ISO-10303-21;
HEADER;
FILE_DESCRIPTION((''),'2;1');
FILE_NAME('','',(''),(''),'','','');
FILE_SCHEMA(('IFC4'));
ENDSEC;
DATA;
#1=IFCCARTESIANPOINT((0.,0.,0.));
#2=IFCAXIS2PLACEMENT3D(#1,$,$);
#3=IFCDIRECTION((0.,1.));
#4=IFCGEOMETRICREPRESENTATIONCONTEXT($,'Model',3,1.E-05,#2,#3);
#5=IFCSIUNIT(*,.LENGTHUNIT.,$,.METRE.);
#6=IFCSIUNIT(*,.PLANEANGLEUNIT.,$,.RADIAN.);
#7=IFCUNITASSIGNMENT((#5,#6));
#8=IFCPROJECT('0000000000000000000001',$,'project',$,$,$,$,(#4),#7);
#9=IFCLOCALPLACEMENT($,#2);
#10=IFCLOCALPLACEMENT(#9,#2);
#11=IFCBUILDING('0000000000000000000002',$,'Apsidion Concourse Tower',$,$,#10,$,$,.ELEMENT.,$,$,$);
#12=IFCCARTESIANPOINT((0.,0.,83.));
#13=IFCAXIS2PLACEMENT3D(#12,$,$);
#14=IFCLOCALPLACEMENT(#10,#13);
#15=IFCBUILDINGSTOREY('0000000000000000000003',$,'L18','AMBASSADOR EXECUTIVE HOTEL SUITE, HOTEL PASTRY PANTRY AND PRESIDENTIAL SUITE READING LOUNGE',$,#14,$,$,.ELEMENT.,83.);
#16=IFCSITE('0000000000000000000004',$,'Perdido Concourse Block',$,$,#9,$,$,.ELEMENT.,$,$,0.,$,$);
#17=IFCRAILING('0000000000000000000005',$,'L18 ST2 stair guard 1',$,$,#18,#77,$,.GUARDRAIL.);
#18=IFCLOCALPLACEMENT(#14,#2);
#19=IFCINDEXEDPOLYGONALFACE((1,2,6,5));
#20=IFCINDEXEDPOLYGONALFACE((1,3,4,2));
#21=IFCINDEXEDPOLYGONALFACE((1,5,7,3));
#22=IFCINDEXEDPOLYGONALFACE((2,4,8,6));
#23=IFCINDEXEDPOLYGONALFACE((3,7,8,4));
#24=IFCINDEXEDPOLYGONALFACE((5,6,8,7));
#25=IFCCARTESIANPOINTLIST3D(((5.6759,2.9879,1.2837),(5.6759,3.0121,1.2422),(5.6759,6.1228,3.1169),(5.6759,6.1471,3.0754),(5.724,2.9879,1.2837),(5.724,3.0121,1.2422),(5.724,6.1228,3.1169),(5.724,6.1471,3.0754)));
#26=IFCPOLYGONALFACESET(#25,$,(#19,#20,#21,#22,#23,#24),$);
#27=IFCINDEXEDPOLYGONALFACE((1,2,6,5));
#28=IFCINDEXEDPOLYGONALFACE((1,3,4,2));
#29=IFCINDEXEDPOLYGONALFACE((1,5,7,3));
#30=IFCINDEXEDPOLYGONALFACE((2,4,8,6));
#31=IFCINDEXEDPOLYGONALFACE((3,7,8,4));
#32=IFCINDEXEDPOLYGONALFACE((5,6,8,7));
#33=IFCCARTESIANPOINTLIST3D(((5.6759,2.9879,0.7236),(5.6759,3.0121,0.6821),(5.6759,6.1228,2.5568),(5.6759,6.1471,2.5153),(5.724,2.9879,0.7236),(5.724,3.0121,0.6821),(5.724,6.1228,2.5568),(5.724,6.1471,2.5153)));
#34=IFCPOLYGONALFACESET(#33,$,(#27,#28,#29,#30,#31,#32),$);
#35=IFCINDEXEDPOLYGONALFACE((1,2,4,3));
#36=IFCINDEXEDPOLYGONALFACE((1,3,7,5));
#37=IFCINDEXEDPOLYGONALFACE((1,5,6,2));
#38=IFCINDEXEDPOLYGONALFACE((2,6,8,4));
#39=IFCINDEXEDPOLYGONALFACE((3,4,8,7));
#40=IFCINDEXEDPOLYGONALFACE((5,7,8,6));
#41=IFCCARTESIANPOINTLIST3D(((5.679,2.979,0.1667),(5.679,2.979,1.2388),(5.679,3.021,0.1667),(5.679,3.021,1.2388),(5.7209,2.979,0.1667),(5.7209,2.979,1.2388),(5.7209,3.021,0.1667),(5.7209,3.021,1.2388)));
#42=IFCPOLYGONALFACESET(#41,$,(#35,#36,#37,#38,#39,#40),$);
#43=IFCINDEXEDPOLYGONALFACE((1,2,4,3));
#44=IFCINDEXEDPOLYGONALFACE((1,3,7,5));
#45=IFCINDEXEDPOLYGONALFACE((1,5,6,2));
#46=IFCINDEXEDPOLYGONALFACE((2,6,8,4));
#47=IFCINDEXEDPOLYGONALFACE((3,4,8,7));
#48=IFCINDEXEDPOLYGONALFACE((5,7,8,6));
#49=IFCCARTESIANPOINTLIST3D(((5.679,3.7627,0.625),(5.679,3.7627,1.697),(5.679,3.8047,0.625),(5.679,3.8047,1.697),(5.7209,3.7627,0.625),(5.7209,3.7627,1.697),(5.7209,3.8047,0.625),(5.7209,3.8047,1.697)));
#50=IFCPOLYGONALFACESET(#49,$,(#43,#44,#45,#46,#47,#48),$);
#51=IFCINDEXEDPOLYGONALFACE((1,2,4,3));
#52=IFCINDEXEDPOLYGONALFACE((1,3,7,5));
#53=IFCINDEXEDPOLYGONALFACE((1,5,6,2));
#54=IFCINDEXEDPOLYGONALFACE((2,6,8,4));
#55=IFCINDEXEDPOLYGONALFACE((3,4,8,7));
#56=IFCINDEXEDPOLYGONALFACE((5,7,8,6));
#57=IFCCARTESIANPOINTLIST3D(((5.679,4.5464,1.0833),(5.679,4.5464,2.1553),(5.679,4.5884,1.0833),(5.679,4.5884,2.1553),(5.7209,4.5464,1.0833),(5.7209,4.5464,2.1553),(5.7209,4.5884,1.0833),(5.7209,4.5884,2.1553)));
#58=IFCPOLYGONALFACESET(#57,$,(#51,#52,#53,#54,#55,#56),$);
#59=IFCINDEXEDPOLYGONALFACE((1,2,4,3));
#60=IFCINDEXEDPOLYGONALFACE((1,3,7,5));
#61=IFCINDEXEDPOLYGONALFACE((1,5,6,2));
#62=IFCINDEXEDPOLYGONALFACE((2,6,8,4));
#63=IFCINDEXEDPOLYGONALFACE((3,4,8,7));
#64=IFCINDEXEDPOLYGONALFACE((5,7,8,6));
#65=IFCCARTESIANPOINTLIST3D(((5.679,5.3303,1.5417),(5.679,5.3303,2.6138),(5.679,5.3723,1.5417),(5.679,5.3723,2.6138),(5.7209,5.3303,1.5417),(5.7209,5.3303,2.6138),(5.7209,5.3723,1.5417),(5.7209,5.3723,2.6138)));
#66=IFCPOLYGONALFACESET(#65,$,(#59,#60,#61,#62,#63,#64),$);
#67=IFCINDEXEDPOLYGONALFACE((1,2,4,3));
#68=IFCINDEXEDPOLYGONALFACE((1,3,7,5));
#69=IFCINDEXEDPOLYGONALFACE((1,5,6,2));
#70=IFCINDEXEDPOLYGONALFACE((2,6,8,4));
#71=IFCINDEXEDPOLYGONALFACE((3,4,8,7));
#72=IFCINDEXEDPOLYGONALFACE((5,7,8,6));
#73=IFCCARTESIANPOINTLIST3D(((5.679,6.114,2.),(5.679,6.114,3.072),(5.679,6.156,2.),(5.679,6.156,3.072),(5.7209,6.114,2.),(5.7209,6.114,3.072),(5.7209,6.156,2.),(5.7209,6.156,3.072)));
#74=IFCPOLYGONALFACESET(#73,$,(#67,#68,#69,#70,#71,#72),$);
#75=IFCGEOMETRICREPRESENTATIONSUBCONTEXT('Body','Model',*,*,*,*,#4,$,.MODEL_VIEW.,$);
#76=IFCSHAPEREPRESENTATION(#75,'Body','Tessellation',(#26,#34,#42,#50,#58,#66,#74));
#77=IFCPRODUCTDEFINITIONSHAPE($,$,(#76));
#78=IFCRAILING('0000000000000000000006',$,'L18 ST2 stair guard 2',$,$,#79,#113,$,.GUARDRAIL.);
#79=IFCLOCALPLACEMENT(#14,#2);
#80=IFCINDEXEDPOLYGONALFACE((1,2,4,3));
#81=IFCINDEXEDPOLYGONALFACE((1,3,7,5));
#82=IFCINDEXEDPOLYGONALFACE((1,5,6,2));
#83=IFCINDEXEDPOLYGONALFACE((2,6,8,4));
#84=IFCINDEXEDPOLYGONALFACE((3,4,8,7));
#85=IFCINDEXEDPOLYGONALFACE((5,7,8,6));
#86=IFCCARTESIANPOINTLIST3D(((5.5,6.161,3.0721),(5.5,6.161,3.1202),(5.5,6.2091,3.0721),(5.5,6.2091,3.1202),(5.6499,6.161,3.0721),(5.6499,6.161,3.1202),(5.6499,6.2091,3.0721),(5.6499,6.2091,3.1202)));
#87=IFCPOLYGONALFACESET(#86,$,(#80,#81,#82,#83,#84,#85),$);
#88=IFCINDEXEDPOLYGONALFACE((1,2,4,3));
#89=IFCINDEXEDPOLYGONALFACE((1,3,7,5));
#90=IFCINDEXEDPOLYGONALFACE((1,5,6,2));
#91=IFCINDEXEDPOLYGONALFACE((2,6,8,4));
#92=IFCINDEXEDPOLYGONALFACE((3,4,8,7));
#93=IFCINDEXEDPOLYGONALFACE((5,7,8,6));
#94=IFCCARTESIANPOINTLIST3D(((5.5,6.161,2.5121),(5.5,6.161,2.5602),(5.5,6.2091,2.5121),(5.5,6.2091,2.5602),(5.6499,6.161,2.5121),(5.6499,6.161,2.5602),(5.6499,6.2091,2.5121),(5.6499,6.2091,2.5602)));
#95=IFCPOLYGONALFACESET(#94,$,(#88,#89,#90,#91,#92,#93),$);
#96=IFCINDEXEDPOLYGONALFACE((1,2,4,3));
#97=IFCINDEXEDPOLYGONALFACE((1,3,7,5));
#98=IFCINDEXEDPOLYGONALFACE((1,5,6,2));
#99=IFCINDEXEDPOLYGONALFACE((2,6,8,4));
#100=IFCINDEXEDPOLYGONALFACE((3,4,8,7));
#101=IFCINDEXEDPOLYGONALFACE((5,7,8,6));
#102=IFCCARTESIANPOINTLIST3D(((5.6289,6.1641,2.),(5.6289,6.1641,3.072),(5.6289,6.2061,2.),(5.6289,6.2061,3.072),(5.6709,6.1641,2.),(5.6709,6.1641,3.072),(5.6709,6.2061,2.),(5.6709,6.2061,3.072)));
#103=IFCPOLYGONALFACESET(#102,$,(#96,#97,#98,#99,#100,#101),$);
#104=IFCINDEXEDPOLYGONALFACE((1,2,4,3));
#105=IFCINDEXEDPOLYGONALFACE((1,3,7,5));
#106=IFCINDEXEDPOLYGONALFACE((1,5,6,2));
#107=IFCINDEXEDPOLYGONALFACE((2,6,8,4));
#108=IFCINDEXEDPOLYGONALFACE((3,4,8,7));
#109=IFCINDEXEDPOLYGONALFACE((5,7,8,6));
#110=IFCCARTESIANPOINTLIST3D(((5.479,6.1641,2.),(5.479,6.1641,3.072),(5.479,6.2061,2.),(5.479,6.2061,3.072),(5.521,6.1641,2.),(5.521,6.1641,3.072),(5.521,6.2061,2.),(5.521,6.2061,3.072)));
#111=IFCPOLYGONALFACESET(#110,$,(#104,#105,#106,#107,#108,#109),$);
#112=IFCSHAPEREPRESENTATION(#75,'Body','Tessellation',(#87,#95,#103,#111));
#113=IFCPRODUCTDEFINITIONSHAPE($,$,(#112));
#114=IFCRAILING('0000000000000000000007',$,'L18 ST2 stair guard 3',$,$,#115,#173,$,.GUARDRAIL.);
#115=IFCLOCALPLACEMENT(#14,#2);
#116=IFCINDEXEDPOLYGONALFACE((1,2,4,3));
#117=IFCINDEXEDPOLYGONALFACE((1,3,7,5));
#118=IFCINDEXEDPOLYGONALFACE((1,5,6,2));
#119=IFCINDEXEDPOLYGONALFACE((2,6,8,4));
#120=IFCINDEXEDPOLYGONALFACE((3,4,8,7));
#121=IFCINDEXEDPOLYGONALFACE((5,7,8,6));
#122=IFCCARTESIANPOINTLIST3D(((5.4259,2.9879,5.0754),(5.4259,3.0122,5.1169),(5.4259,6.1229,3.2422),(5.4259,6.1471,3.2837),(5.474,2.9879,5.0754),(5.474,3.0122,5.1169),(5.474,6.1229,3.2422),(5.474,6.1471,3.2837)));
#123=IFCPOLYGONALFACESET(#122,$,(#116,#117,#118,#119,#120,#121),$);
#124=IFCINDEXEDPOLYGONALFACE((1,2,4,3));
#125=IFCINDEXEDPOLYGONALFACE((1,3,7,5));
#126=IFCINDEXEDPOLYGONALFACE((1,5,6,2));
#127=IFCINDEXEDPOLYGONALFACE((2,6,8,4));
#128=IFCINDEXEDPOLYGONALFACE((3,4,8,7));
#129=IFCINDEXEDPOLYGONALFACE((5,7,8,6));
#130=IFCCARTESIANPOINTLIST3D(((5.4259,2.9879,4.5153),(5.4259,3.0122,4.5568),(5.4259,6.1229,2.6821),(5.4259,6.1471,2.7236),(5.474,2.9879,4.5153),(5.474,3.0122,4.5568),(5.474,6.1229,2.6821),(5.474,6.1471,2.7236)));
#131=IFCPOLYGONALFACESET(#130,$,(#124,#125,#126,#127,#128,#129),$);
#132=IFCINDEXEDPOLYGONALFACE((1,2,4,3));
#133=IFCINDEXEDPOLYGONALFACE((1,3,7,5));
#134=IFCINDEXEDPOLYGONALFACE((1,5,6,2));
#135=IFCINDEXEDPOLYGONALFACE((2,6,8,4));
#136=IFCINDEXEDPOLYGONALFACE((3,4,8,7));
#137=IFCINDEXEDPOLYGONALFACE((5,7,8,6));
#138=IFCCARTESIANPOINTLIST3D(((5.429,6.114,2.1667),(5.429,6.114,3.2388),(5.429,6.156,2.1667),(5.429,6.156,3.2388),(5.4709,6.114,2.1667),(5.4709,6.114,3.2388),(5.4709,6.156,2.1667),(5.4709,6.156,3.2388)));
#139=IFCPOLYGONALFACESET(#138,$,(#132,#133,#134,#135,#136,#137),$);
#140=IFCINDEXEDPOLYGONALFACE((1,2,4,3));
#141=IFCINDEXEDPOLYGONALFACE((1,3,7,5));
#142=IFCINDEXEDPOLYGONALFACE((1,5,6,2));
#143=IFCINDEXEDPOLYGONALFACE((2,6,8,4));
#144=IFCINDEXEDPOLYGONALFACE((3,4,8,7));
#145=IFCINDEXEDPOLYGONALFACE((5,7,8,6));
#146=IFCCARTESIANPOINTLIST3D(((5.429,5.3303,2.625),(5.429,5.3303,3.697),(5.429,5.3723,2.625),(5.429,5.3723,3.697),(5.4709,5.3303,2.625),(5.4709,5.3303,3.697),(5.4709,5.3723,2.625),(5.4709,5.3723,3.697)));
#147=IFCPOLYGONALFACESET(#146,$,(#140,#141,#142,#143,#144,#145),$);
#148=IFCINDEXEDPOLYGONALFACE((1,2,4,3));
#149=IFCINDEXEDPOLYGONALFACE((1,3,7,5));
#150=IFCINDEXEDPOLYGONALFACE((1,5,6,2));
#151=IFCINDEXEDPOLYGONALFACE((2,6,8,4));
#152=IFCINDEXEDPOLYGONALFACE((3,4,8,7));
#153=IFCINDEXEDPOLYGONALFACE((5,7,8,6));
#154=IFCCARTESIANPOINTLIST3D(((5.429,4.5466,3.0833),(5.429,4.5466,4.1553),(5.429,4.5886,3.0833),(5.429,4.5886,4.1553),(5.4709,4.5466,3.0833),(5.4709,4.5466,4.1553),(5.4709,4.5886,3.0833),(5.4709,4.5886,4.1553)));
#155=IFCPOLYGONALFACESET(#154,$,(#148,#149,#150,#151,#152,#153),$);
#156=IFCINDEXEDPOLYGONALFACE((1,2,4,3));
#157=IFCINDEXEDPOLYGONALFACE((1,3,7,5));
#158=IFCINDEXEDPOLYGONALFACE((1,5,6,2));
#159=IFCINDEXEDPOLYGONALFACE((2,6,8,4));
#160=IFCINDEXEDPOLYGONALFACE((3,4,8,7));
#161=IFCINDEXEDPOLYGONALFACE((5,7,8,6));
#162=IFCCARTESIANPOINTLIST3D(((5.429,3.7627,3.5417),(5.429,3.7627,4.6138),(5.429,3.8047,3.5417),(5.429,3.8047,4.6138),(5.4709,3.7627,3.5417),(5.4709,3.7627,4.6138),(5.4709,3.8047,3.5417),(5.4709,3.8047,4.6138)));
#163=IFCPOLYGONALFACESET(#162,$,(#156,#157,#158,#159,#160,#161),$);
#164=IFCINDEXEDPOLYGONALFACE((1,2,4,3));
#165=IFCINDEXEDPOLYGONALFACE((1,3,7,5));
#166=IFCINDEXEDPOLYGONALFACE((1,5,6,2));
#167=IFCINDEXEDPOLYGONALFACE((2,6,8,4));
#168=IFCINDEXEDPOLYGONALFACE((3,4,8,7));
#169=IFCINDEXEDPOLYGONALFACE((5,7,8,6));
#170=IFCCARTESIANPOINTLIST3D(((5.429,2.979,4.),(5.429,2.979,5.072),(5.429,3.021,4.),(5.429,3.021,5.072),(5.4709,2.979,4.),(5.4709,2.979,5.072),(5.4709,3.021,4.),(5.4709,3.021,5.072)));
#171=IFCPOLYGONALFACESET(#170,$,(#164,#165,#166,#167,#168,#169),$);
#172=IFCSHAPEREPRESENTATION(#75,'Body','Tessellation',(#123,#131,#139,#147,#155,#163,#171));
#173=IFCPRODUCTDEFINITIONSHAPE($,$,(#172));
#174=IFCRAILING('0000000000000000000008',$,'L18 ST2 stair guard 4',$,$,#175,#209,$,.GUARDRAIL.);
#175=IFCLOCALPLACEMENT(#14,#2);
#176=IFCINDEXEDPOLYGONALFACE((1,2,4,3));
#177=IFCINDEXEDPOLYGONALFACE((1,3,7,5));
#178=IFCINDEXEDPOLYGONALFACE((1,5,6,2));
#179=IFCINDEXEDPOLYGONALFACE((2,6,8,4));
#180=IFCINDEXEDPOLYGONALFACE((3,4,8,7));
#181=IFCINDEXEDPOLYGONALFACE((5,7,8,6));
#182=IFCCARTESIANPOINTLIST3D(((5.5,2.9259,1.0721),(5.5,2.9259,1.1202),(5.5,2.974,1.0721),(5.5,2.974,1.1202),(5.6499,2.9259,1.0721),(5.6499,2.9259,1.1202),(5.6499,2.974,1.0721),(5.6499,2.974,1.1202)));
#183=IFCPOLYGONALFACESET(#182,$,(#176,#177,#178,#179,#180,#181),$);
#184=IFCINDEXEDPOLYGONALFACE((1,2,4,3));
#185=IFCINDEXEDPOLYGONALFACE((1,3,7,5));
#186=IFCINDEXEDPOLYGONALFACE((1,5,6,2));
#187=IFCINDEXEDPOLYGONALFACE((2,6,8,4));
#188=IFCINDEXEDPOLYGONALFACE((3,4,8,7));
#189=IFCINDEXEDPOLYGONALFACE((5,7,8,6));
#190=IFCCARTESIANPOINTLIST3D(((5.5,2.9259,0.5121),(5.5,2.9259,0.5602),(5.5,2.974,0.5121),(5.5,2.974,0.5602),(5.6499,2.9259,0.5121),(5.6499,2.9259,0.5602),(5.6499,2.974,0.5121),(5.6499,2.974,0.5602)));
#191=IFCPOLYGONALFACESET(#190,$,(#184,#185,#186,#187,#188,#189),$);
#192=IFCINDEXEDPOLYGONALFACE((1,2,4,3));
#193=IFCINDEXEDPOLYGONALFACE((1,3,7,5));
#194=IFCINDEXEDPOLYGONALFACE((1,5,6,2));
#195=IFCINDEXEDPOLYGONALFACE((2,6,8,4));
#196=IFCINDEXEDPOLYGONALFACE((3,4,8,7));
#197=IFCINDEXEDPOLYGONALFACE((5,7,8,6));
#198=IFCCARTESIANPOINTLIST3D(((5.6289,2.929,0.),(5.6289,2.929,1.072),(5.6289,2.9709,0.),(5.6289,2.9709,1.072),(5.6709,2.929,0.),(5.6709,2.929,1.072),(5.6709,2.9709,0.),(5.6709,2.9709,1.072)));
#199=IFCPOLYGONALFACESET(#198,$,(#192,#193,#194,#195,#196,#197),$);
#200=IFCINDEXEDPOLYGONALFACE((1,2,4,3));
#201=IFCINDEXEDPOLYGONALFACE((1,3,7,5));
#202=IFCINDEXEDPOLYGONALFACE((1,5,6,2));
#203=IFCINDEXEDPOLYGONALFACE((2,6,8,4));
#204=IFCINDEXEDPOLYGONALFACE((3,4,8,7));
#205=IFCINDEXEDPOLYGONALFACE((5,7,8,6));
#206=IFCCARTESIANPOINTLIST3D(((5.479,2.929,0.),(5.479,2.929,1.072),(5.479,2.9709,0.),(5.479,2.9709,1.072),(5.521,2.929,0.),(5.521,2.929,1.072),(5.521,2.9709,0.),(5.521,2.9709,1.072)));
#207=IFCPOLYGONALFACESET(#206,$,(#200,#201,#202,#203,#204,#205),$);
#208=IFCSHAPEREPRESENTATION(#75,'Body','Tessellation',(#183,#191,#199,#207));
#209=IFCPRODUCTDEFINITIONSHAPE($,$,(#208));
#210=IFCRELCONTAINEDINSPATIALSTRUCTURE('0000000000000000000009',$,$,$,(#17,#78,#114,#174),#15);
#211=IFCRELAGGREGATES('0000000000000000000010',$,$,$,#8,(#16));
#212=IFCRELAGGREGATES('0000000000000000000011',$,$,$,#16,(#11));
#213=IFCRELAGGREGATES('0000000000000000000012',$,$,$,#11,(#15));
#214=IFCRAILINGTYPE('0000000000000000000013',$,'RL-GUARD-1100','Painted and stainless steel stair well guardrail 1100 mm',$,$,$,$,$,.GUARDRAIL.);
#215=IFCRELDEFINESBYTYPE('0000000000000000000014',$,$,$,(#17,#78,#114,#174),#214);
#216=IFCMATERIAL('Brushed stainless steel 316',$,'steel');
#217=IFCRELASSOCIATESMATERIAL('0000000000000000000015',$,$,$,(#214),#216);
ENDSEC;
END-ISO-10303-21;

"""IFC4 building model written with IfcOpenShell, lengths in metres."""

from ifc_helpers import new_model, si_unit, direction, frame, origin, origin_2d, place, context, subcontext, project, spatial, rectangle, extrude, material, type_object, element, save


model = new_model("IFC4")

# Units and contexts
model_context = context("Model", 3, precision=1e-05, world=origin(), true_north=direction((0.0, 1.0)))
body_context = subcontext(model_context, "Body", "Model", "MODEL_VIEW")
ifc_project = project(units=[si_unit("LENGTHUNIT", "METRE"), si_unit("PLANEANGLEUNIT", "RADIAN")], contexts=[model_context])

# Site, building, storey
site_placement = place(None, origin())
site = spatial("IfcSite", under=ifc_project, at=site_placement, Name="Perdido Concourse Block", CompositionType="ELEMENT", RefElevation=0.0)
building_placement = place(site_placement, origin())
building = spatial("IfcBuilding", under=site, at=building_placement, Name="Apsidion Concourse Tower", CompositionType="ELEMENT")
storey_placement = place(building_placement, frame((0.0, 0.0, 83.0)))
storey = spatial("IfcBuildingStorey", under=building, at=storey_placement, Name="L18", Description="AMBASSADOR EXECUTIVE HOTEL SUITE, HOTEL PASTRY PANTRY AND PRESIDENTIAL SUITE READING LOUNGE", CompositionType="ELEMENT", Elevation=83.0)

# Railings
ifc_material_1 = material(Name="Brushed stainless steel 316", Category="steel")
railing_type_1 = type_object("IfcRailingType", Name="RL-GUARD-1100", Description="Painted and stainless steel stair well guardrail 1100 mm", PredefinedType="GUARDRAIL", material=ifc_material_1)
railing_1_placement = place(storey_placement, frame((5.7, 3.0, 0.1667)))
element("IfcRailing", 1, at=railing_1_placement, inside=storey, type_object=railing_type_1, Name="L18 ST2 stair guard 1", PredefinedType="GUARDRAIL", context=body_context, shape_type="SweptSolid", body=[
    extrude(rectangle(XDim=0.0481, YDim=0.0481, at=origin_2d()), frame((0.0, 0.0, 1.0962), z_axis=(0.0, 0.86324, 0.504794), x_axis=(-1.0, 0.0, 0.0)), (0.0, 0.0, 1.0), 3.6316),
    extrude(rectangle(XDim=0.0481, YDim=0.0481, at=origin_2d()), frame((0.0, 0.0, 0.5361), z_axis=(0.0, 0.86324, 0.504794), x_axis=(-1.0, 0.0, 0.0)), (0.0, 0.0, 1.0), 3.6316),
    extrude(rectangle(XDim=0.042, YDim=0.042, at=origin_2d()), origin(), (0.0, 0.0, 1.0), 1.072),
    extrude(rectangle(XDim=0.042, YDim=0.042, at=origin_2d()), frame((0.0, 0.7837, 0.4583)), (0.0, 0.0, 1.0), 1.072),
    extrude(rectangle(XDim=0.042, YDim=0.042, at=origin_2d()), frame((0.0, 1.5674, 0.9165)), (0.0, 0.0, 1.0), 1.072),
    extrude(rectangle(XDim=0.042, YDim=0.042, at=origin_2d()), frame((0.0, 2.3513, 1.375)), (0.0, 0.0, 1.0), 1.072),
    extrude(rectangle(XDim=0.042, YDim=0.042, at=origin_2d()), frame((0.0, 3.135, 1.8333)), (0.0, 0.0, 1.0), 1.072),
])
railing_2_placement = place(storey_placement, frame((5.6499, 6.1851, 2.0)))
element("IfcRailing", 2, at=railing_2_placement, inside=storey, type_object=railing_type_1, Name="L18 ST2 stair guard 2", PredefinedType="GUARDRAIL", context=body_context, shape_type="SweptSolid", body=[
    extrude(rectangle(XDim=0.0481, YDim=0.0481, at=origin_2d()), frame((0.0, 0.0, 1.0962), z_axis=(-1.0, 0.0, 0.0), x_axis=(0.0, -1.0, 0.0)), (0.0, 0.0, 1.0), 0.1499),
    extrude(rectangle(XDim=0.0481, YDim=0.0481, at=origin_2d()), frame((0.0, 0.0, 0.5361), z_axis=(-1.0, 0.0, 0.0), x_axis=(0.0, -1.0, 0.0)), (0.0, 0.0, 1.0), 0.1499),
    extrude(rectangle(XDim=0.042, YDim=0.042, at=origin_2d()), origin(), (0.0, 0.0, 1.0), 1.072),
    extrude(rectangle(XDim=0.042, YDim=0.042, at=origin_2d()), frame((-0.1499, 0.0, 0.0)), (0.0, 0.0, 1.0), 1.072),
])
railing_3_placement = place(storey_placement, frame((5.45, 6.135, 2.1667)))
element("IfcRailing", 3, at=railing_3_placement, inside=storey, type_object=railing_type_1, Name="L18 ST2 stair guard 3", PredefinedType="GUARDRAIL", context=body_context, shape_type="SweptSolid", body=[
    extrude(rectangle(XDim=0.0481, YDim=0.0481, at=origin_2d()), frame((0.0, 0.0, 1.0962), z_axis=(0.0, -0.86324, 0.504794), x_axis=(1.0, 0.0, 0.0)), (0.0, 0.0, 1.0), 3.6316),
    extrude(rectangle(XDim=0.0481, YDim=0.0481, at=origin_2d()), frame((0.0, 0.0, 0.5361), z_axis=(0.0, -0.86324, 0.504794), x_axis=(1.0, 0.0, 0.0)), (0.0, 0.0, 1.0), 3.6316),
    extrude(rectangle(XDim=0.042, YDim=0.042, at=origin_2d()), origin(), (0.0, 0.0, 1.0), 1.072),
    extrude(rectangle(XDim=0.042, YDim=0.042, at=origin_2d()), frame((0.0, -0.7837, 0.4583)), (0.0, 0.0, 1.0), 1.072),
    extrude(rectangle(XDim=0.042, YDim=0.042, at=origin_2d()), frame((0.0, -1.5674, 0.9165)), (0.0, 0.0, 1.0), 1.072),
    extrude(rectangle(XDim=0.042, YDim=0.042, at=origin_2d()), frame((0.0, -2.3513, 1.375)), (0.0, 0.0, 1.0), 1.072),
    extrude(rectangle(XDim=0.042, YDim=0.042, at=origin_2d()), frame((0.0, -3.135, 1.8333)), (0.0, 0.0, 1.0), 1.072),
])
railing_4_placement = place(storey_placement, frame((5.6499, 2.95, 0.0)))
element("IfcRailing", 4, at=railing_4_placement, inside=storey, type_object=railing_type_1, Name="L18 ST2 stair guard 4", PredefinedType="GUARDRAIL", context=body_context, shape_type="SweptSolid", body=[
    extrude(rectangle(XDim=0.0481, YDim=0.0481, at=origin_2d()), frame((0.0, 0.0, 1.0962), z_axis=(-1.0, 0.0, 0.0), x_axis=(0.0, -1.0, 0.0)), (0.0, 0.0, 1.0), 0.1499),
    extrude(rectangle(XDim=0.0481, YDim=0.0481, at=origin_2d()), frame((0.0, 0.0, 0.5361), z_axis=(-1.0, 0.0, 0.0), x_axis=(0.0, -1.0, 0.0)), (0.0, 0.0, 1.0), 0.1499),
    extrude(rectangle(XDim=0.042, YDim=0.042, at=origin_2d()), origin(), (0.0, 0.0, 1.0), 1.072),
    extrude(rectangle(XDim=0.042, YDim=0.042, at=origin_2d()), frame((-0.1499, 0.0, 0.0)), (0.0, 0.0, 1.0), 1.072),
])

save(model, "model.ifc")
